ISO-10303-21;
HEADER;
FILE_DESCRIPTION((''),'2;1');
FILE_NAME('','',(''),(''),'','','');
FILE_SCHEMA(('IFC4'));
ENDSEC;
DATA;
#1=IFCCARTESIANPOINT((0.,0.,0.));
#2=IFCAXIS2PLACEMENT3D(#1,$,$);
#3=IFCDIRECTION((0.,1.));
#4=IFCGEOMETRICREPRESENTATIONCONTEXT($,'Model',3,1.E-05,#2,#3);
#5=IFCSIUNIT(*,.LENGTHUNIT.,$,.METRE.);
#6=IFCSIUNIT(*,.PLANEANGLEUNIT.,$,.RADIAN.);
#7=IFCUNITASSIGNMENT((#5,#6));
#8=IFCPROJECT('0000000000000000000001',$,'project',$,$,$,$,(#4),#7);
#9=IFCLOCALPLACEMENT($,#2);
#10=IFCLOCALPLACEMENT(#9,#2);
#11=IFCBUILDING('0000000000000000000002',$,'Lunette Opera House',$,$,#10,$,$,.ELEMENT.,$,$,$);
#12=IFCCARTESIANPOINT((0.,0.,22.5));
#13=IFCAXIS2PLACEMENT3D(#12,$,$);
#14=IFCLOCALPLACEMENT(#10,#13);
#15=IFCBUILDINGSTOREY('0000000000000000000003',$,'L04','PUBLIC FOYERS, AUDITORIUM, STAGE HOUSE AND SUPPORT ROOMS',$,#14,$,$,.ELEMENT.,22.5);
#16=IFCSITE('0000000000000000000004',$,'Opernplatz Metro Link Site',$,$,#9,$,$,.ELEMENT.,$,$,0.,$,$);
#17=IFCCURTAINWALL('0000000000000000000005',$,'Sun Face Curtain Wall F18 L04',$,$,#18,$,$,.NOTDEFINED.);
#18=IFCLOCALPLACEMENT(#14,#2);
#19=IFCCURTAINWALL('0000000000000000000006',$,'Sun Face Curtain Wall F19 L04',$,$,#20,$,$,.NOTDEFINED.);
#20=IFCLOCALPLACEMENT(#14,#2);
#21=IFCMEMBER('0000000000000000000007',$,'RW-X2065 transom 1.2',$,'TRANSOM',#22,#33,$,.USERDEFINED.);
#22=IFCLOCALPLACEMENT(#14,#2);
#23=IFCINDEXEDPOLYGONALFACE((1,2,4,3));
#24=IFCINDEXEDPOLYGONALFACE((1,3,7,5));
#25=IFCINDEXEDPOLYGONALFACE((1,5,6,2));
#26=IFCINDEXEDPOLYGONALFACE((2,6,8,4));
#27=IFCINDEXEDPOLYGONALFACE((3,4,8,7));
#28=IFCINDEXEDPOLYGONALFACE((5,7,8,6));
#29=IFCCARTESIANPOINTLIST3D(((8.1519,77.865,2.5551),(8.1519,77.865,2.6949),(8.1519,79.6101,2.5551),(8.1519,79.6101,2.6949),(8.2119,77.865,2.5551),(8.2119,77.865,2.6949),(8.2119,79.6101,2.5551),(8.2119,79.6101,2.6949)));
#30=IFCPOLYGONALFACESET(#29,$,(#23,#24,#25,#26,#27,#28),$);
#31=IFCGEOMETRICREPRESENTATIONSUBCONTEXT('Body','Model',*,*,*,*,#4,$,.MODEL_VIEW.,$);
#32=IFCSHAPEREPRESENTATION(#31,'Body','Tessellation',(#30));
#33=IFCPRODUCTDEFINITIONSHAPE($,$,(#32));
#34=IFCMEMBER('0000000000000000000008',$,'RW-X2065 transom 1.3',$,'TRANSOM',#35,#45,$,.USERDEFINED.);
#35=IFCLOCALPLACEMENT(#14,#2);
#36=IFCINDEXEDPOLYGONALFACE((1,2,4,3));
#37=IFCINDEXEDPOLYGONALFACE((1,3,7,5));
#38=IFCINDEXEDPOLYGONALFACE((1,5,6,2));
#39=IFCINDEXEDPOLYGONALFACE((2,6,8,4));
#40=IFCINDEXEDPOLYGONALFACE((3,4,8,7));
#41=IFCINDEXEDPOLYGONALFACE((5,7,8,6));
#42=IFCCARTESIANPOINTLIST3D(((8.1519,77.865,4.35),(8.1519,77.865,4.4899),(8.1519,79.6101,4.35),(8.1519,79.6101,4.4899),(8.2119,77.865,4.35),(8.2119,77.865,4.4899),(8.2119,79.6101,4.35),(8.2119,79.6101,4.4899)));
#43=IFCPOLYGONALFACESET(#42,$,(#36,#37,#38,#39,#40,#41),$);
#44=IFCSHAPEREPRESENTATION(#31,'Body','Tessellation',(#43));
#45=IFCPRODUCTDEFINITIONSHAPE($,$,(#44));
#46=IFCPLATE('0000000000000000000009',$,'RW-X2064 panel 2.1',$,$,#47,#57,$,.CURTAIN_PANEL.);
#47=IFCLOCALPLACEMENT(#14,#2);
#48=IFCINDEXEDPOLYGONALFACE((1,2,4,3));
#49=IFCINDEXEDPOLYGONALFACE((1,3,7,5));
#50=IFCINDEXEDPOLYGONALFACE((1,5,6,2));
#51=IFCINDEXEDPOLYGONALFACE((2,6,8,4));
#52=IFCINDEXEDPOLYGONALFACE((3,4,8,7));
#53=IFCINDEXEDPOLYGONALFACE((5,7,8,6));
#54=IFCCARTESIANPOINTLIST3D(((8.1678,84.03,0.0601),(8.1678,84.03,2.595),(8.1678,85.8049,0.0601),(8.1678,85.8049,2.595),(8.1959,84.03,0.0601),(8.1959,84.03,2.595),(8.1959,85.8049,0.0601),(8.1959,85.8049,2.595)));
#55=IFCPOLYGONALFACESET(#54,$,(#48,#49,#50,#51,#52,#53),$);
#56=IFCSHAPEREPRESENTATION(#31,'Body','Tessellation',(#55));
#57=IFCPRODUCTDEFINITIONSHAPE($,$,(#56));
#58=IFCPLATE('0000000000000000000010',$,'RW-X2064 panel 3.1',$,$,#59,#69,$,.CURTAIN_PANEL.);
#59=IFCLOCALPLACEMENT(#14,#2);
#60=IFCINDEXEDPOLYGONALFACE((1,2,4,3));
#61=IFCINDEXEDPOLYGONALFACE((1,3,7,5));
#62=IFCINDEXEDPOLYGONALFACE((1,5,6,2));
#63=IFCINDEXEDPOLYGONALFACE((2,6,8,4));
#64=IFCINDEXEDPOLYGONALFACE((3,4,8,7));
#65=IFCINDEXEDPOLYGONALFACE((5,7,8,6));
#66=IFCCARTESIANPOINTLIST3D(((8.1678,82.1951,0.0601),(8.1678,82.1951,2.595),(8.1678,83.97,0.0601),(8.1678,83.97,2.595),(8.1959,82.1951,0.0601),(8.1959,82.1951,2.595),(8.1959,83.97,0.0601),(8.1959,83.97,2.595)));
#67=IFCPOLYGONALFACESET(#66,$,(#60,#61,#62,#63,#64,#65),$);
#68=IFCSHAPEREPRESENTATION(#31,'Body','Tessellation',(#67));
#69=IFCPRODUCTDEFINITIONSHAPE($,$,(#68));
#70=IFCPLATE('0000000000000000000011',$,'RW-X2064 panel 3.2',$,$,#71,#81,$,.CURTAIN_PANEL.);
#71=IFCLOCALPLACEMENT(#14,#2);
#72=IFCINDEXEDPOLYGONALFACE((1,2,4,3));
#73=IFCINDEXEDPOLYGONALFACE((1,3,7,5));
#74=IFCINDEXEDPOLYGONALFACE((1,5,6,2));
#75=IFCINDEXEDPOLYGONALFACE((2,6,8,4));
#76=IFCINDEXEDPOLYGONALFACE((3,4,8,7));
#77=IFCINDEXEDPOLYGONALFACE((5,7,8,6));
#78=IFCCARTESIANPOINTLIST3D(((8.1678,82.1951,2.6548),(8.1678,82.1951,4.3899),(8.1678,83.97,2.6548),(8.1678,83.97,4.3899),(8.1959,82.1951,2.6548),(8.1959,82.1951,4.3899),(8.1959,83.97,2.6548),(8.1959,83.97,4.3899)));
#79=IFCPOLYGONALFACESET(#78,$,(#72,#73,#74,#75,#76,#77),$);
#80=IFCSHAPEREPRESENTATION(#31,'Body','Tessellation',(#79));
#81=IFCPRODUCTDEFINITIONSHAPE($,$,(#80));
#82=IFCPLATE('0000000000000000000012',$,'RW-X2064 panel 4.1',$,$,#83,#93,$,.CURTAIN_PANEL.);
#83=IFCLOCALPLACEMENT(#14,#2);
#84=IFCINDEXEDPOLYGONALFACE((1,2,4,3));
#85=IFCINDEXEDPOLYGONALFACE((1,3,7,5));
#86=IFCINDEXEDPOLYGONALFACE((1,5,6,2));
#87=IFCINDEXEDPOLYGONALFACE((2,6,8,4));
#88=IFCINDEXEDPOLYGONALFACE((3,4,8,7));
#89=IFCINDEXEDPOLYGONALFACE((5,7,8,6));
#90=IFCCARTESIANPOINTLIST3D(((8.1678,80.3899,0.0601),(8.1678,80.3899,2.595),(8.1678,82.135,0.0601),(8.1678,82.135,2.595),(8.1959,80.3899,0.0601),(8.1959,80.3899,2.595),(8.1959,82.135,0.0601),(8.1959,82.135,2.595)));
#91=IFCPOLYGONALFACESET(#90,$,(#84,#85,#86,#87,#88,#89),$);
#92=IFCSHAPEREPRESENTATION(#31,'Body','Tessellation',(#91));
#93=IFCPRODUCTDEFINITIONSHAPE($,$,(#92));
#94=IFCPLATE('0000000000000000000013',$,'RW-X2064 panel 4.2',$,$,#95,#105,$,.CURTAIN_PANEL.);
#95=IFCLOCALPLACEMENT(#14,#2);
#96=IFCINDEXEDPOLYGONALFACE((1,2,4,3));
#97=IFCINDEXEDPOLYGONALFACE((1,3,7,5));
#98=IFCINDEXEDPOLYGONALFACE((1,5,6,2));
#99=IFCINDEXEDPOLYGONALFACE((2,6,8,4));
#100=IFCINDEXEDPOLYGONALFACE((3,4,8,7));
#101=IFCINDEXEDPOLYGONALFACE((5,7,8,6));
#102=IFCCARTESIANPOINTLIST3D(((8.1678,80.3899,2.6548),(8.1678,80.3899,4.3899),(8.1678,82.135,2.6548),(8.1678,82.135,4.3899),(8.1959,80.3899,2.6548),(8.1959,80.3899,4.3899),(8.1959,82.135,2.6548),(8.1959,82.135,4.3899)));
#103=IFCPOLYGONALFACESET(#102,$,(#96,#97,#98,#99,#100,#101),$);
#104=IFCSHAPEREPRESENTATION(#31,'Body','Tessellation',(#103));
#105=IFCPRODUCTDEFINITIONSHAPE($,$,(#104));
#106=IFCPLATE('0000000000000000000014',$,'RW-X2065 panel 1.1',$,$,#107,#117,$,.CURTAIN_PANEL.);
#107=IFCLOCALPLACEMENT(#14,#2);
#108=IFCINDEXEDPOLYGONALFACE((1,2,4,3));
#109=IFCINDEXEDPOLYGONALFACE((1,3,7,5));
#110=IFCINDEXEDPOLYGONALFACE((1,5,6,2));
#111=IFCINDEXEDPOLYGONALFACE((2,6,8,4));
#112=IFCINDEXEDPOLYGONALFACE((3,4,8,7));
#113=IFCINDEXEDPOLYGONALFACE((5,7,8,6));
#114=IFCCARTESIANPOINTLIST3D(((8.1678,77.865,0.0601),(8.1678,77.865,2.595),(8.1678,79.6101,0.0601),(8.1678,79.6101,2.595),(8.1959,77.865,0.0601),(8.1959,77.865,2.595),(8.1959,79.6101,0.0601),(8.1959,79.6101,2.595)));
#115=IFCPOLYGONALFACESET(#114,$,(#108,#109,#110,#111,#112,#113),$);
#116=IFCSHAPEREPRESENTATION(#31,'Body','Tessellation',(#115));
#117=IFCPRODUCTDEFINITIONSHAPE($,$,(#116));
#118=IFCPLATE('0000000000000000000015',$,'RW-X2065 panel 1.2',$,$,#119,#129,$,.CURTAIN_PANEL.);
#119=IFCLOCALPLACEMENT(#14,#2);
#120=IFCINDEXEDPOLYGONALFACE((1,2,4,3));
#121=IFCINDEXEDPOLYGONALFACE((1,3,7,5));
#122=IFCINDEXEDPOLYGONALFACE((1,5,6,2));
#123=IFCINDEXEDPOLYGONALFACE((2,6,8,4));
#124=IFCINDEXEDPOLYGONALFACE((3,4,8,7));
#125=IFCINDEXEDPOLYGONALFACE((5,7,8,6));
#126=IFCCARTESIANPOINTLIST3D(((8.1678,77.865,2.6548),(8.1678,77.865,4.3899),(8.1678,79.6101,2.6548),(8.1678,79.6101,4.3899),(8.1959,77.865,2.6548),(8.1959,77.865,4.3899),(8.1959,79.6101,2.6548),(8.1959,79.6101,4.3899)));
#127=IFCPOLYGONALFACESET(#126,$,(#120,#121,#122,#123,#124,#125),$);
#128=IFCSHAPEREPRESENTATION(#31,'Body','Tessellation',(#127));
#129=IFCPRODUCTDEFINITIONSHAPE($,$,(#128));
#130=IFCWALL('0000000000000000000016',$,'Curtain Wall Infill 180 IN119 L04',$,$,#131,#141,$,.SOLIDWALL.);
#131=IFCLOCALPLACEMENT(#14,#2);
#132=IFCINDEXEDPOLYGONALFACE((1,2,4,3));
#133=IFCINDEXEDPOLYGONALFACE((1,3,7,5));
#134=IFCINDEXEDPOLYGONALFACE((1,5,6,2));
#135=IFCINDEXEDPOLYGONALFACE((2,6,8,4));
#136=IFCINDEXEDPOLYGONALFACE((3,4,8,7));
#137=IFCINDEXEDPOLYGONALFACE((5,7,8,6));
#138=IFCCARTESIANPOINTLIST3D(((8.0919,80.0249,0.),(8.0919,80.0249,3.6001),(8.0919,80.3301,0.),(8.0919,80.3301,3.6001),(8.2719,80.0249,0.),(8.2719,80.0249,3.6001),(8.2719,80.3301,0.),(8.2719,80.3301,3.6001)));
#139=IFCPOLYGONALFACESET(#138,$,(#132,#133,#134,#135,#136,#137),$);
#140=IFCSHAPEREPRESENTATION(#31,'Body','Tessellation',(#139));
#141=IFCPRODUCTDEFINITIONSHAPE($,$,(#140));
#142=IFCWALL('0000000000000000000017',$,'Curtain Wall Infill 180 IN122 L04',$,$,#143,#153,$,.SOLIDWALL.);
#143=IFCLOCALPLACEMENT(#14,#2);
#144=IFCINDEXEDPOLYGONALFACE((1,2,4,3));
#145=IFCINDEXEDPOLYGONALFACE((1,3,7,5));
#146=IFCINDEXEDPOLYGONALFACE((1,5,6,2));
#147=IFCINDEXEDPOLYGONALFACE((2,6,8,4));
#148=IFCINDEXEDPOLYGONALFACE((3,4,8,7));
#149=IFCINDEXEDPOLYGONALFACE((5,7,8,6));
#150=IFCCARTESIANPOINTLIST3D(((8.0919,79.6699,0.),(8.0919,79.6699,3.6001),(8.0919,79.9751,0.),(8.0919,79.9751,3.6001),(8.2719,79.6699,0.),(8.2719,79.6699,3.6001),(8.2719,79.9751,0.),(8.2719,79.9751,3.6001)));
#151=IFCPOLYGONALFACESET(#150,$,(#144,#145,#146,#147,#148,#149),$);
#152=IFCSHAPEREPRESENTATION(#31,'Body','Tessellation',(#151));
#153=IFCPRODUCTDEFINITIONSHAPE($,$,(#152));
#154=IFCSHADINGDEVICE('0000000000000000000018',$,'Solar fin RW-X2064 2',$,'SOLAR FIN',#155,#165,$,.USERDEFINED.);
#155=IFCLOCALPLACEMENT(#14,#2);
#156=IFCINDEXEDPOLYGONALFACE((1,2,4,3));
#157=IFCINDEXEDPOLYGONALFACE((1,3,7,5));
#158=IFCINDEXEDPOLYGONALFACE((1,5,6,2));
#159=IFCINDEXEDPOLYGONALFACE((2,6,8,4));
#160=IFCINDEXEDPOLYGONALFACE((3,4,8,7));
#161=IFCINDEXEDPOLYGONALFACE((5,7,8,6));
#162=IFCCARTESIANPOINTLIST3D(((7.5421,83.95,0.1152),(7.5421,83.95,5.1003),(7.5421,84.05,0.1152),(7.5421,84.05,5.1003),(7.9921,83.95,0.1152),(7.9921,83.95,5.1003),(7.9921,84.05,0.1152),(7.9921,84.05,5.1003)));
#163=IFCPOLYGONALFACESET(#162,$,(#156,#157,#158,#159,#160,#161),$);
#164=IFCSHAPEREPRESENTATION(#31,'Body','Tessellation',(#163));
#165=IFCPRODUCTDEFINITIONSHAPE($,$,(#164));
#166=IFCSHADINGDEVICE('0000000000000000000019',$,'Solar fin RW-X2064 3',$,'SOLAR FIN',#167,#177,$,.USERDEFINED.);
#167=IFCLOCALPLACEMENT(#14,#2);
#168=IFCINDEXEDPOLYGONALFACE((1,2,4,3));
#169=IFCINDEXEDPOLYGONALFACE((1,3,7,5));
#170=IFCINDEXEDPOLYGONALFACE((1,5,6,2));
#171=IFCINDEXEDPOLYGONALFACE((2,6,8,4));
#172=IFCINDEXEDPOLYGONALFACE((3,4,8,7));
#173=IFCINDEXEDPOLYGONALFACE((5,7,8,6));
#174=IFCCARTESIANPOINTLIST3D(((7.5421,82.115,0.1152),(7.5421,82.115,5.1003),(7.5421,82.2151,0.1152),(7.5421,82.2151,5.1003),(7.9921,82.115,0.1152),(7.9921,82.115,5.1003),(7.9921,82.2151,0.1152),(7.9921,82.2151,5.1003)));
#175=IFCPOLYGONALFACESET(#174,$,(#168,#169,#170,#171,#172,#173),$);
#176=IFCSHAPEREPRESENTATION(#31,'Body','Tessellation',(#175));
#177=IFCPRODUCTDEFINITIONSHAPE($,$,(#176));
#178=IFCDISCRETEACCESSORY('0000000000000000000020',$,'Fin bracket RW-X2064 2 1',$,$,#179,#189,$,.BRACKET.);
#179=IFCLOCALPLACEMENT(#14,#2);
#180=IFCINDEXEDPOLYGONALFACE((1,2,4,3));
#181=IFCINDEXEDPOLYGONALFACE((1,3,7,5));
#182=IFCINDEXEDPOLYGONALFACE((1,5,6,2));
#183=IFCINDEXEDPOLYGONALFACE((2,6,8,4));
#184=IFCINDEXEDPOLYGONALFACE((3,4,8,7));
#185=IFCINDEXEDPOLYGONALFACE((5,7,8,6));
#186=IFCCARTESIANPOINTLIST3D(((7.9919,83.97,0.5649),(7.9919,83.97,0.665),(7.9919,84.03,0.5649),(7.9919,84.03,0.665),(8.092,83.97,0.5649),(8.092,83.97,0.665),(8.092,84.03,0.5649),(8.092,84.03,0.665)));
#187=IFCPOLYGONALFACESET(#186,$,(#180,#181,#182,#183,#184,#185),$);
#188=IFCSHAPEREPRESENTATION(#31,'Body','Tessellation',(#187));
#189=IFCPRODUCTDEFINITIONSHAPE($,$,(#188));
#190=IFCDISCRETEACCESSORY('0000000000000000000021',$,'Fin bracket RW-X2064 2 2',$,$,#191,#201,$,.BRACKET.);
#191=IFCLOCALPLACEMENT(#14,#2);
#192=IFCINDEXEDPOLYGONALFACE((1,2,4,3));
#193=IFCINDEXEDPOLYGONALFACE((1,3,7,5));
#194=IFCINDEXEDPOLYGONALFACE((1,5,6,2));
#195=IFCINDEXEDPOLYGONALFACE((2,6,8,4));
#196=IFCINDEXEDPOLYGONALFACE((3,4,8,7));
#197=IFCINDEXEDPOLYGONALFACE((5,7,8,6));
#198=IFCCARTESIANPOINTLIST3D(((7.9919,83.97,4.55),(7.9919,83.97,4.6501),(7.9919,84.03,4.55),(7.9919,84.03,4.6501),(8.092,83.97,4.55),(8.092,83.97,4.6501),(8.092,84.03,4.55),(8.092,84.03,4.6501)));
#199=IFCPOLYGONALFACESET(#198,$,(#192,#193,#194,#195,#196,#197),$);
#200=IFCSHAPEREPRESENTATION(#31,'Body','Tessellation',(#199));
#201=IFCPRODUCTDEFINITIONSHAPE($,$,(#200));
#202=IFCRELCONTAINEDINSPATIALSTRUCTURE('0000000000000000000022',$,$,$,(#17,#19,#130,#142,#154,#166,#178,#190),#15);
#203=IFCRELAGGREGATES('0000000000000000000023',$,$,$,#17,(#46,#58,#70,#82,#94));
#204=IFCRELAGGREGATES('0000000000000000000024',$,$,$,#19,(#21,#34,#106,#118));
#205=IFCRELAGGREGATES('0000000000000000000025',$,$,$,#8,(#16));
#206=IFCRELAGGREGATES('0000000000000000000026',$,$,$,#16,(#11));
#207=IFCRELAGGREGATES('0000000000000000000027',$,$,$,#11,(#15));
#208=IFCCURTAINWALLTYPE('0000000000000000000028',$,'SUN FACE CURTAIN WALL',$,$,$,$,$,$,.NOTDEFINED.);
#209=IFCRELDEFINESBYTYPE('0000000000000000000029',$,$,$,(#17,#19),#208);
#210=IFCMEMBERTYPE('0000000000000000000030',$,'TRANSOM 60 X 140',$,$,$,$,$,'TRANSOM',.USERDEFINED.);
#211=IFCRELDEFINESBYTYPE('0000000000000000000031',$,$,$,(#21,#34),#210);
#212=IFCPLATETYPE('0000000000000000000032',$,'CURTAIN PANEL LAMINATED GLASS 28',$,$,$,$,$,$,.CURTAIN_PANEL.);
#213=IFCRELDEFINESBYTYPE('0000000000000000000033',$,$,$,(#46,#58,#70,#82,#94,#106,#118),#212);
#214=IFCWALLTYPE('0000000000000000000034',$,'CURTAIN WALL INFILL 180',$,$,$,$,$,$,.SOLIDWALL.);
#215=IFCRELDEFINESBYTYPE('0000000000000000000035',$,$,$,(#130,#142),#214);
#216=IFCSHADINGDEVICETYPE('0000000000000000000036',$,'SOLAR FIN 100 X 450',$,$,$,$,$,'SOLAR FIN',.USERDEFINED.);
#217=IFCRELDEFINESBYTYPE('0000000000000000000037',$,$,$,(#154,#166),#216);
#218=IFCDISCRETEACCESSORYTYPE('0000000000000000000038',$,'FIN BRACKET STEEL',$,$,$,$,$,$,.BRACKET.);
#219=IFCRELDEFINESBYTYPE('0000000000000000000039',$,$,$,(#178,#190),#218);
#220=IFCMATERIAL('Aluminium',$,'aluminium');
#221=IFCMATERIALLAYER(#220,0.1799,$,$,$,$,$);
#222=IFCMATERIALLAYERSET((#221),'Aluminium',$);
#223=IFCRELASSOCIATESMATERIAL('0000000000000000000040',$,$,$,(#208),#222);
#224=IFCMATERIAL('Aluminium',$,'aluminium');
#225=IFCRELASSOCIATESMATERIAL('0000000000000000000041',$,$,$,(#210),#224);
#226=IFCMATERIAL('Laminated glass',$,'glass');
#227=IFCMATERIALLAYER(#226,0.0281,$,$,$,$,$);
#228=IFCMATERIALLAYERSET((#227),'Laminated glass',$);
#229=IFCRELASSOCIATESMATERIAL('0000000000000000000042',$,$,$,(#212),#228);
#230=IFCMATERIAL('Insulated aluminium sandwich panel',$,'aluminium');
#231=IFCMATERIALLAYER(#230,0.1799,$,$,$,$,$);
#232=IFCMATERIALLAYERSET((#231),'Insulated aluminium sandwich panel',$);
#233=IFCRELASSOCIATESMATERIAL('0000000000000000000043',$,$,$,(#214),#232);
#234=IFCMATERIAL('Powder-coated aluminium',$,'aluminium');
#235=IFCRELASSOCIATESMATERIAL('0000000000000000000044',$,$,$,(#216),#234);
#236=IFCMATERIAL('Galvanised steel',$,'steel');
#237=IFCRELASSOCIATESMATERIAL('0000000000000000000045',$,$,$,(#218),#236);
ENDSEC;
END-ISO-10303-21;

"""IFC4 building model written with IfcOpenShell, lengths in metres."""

from ifc_helpers import new_model, si_unit, direction, frame, frame_2d, origin, origin_2d, place, context, subcontext, project, spatial, rectangle, extrude, material, layer, layer_set, material_profile, profile_set, type_object, element, aggregate, save


model = new_model("IFC4")

# Units and contexts
model_context = context("Model", 3, precision=1e-05, world=origin(), true_north=direction((0.0, 1.0)))
body_context = subcontext(model_context, "Body", "Model", "MODEL_VIEW")
ifc_project = project(units=[si_unit("LENGTHUNIT", "METRE"), si_unit("PLANEANGLEUNIT", "RADIAN")], contexts=[model_context])

# Site, building, storey
site_placement = place(None, origin())
site = spatial("IfcSite", under=ifc_project, at=site_placement, Name="Opernplatz Metro Link Site", CompositionType="ELEMENT", RefElevation=0.0)
building_placement = place(site_placement, origin())
building = spatial("IfcBuilding", under=site, at=building_placement, Name="Lunette Opera House", CompositionType="ELEMENT")
storey_placement = place(building_placement, frame((0.0, 0.0, 22.5)))
storey = spatial("IfcBuildingStorey", under=building, at=storey_placement, Name="L04", Description="PUBLIC FOYERS, AUDITORIUM, STAGE HOUSE AND SUPPORT ROOMS", CompositionType="ELEMENT", Elevation=22.5)

# Curtain wall
ifc_material_1 = material(Name="Aluminium", Category="aluminium")
ifc_layer_1 = layer(ifc_material_1, 0.1799)
ifc_layer_set_1 = layer_set([ifc_layer_1], Name="Aluminium")
curtain_wall_type = type_object("IfcCurtainWallType", Name="SUN FACE CURTAIN WALL", PredefinedType="NOTDEFINED", material=ifc_layer_set_1)
curtain_wall_1_placement = place(storey_placement, origin())
curtain_wall_1 = element("IfcCurtainWall", 1, at=curtain_wall_1_placement, inside=storey, type_object=curtain_wall_type, Name="Sun Face Curtain Wall F18 L04", PredefinedType="NOTDEFINED")

# Curtain wall
curtain_wall_2_placement = place(storey_placement, origin())
curtain_wall_2 = element("IfcCurtainWall", 2, at=curtain_wall_2_placement, inside=storey, type_object=curtain_wall_type, Name="Sun Face Curtain Wall F19 L04", PredefinedType="NOTDEFINED")

# Members
ifc_material_2 = material(Name="Aluminium", Category="aluminium")
ifc_material_profile_1 = material_profile(ifc_material_2, rectangle(XDim=0.0601, YDim=0.1399, at=origin_2d()), Name="TRANSOM 60 X 140")
ifc_profile_set_1 = profile_set([ifc_material_profile_1], Name="Aluminium")
member_type_1 = type_object("IfcMemberType", Name="TRANSOM 60 X 140", ElementType="TRANSOM", PredefinedType="USERDEFINED", material=ifc_profile_set_1)
member_1_placement = place(storey_placement, frame((8.1819, 79.6101, 2.625), z_axis=(0.0, -1.0, 0.0), x_axis=(1.0, 0.0, 0.0)))
member_1 = element("IfcMember", 3, at=member_1_placement, type_object=member_type_1, Name="RW-X2065 transom 1.2", ObjectType="TRANSOM", PredefinedType="USERDEFINED", context=body_context, shape_type="SweptSolid", body=[
    extrude(rectangle(XDim=0.0601, YDim=0.1399, at=origin_2d()), origin(), (0.0, 0.0, 1.0), 1.7451),
])
member_2_placement = place(storey_placement, frame((8.1819, 79.6101, 4.4199), z_axis=(0.0, -1.0, 0.0), x_axis=(1.0, 0.0, 0.0)))
member_2 = element("IfcMember", 4, at=member_2_placement, type_object=member_type_1, Name="RW-X2065 transom 1.3", ObjectType="TRANSOM", PredefinedType="USERDEFINED", context=body_context, shape_type="SweptSolid", body=[
    extrude(rectangle(XDim=0.0601, YDim=0.1399, at=origin_2d()), origin(), (0.0, 0.0, 1.0), 1.7451),
])

# Plates
ifc_material_3 = material(Name="Laminated glass", Category="glass")
ifc_layer_2 = layer(ifc_material_3, 0.0281)
ifc_layer_set_2 = layer_set([ifc_layer_2], Name="Laminated glass")
plate_type = type_object("IfcPlateType", Name="CURTAIN PANEL LAMINATED GLASS 28", PredefinedType="CURTAIN_PANEL", material=ifc_layer_set_2)
plate_1_placement = place(storey_placement, frame((8.1819, 84.9175, 0.0601), z_axis=(0.0, 0.0, 1.0), x_axis=(0.0, -1.0, 0.0)))
plate_1 = element("IfcPlate", 5, at=plate_1_placement, type_object=plate_type, Name="RW-X2064 panel 2.1", PredefinedType="CURTAIN_PANEL", context=body_context, shape_type="SweptSolid", body=[
    extrude(rectangle(XDim=1.7749, YDim=0.0281, at=origin_2d()), origin(), (0.0, 0.0, 1.0), 2.5349),
])
plate_2_placement = place(storey_placement, frame((8.1819, 83.0825, 0.0601), z_axis=(0.0, 0.0, 1.0), x_axis=(0.0, -1.0, 0.0)))
plate_2 = element("IfcPlate", 6, at=plate_2_placement, type_object=plate_type, Name="RW-X2064 panel 3.1", PredefinedType="CURTAIN_PANEL", context=body_context, shape_type="SweptSolid", body=[
    extrude(rectangle(XDim=1.7749, YDim=0.0281, at=origin_2d()), origin(), (0.0, 0.0, 1.0), 2.5349),
])
plate_3_placement = place(storey_placement, frame((8.1819, 83.0825, 2.6548), z_axis=(0.0, 0.0, 1.0), x_axis=(0.0, -1.0, 0.0)))
plate_3 = element("IfcPlate", 7, at=plate_3_placement, type_object=plate_type, Name="RW-X2064 panel 3.2", PredefinedType="CURTAIN_PANEL", context=body_context, shape_type="SweptSolid", body=[
    extrude(rectangle(XDim=1.7749, YDim=0.0281, at=origin_2d()), origin(), (0.0, 0.0, 1.0), 1.7351),
])
plate_4_placement = place(storey_placement, frame((8.1819, 81.2625, 0.0601), z_axis=(0.0, 0.0, 1.0), x_axis=(0.0, -1.0, 0.0)))
plate_4 = element("IfcPlate", 8, at=plate_4_placement, type_object=plate_type, Name="RW-X2064 panel 4.1", PredefinedType="CURTAIN_PANEL", context=body_context, shape_type="SweptSolid", body=[
    extrude(rectangle(XDim=1.7451, YDim=0.0281, at=origin_2d()), origin(), (0.0, 0.0, 1.0), 2.5349),
])
plate_5_placement = place(storey_placement, frame((8.1819, 81.2625, 2.6548), z_axis=(0.0, 0.0, 1.0), x_axis=(0.0, -1.0, 0.0)))
plate_5 = element("IfcPlate", 9, at=plate_5_placement, type_object=plate_type, Name="RW-X2064 panel 4.2", PredefinedType="CURTAIN_PANEL", context=body_context, shape_type="SweptSolid", body=[
    extrude(rectangle(XDim=1.7451, YDim=0.0281, at=origin_2d()), origin(), (0.0, 0.0, 1.0), 1.7351),
])
aggregate(curtain_wall_1, [plate_1, plate_2, plate_3, plate_4, plate_5])
plate_6_placement = place(storey_placement, frame((8.1819, 78.7375, 0.0601), z_axis=(0.0, 0.0, 1.0), x_axis=(0.0, -1.0, 0.0)))
plate_6 = element("IfcPlate", 10, at=plate_6_placement, type_object=plate_type, Name="RW-X2065 panel 1.1", PredefinedType="CURTAIN_PANEL", context=body_context, shape_type="SweptSolid", body=[
    extrude(rectangle(XDim=1.7451, YDim=0.0281, at=origin_2d()), origin(), (0.0, 0.0, 1.0), 2.5349),
])
plate_7_placement = place(storey_placement, frame((8.1819, 78.7375, 2.6548), z_axis=(0.0, 0.0, 1.0), x_axis=(0.0, -1.0, 0.0)))
plate_7 = element("IfcPlate", 11, at=plate_7_placement, type_object=plate_type, Name="RW-X2065 panel 1.2", PredefinedType="CURTAIN_PANEL", context=body_context, shape_type="SweptSolid", body=[
    extrude(rectangle(XDim=1.7451, YDim=0.0281, at=origin_2d()), origin(), (0.0, 0.0, 1.0), 1.7351),
])
aggregate(curtain_wall_2, [member_1, member_2, plate_6, plate_7])

# Walls
ifc_material_4 = material(Name="Insulated aluminium sandwich panel", Category="aluminium")
ifc_layer_3 = layer(ifc_material_4, 0.1799)
ifc_layer_set_3 = layer_set([ifc_layer_3], Name="Insulated aluminium sandwich panel")
wall_type = type_object("IfcWallType", Name="CURTAIN WALL INFILL 180", PredefinedType="SOLIDWALL", material=ifc_layer_set_3)
for number, where, z_axis, x_axis, name in (
    (12, (8.1819, 80.3301, 0.0), (0.0, 0.0, 1.0), (0.0, -1.0, 0.0), "Curtain Wall Infill 180 IN119 L04"),
    (13, (8.1819, 79.6699, 0.0), (0.0, 0.0, 1.0), (0.0, 1.0, 0.0), "Curtain Wall Infill 180 IN122 L04"),
):
    element("IfcWall", number, at=place(storey_placement, frame(where, z_axis=z_axis, x_axis=x_axis)), inside=storey, type_object=wall_type, Name=name, PredefinedType="SOLIDWALL", context=body_context, shape_type="SweptSolid", body=[
        extrude(rectangle(XDim=0.3052, YDim=0.1799, at=frame_2d((0.1526, 0.0))), origin(), (0.0, 0.0, 1.0), 3.6001),
    ])

# Shading devices
ifc_material_5 = material(Name="Powder-coated aluminium", Category="aluminium")
shading_device_type = type_object("IfcShadingDeviceType", Name="SOLAR FIN 100 X 450", ElementType="SOLAR FIN", PredefinedType="USERDEFINED", material=ifc_material_5)
for number, where, z_axis, x_axis, name in (
    (14, (7.7671, 84.0, 0.1152), (0.0, 0.0, 1.0), (-1.0, 0.0, 0.0), "Solar fin RW-X2064 2"),
    (15, (7.7671, 82.165, 0.1152), (0.0, 0.0, 1.0), (-1.0, 0.0, 0.0), "Solar fin RW-X2064 3"),
):
    element("IfcShadingDevice", number, at=place(storey_placement, frame(where, z_axis=z_axis, x_axis=x_axis)), inside=storey, type_object=shading_device_type, Name=name, ObjectType="SOLAR FIN", PredefinedType="USERDEFINED", context=body_context, shape_type="SweptSolid", body=[
        extrude(rectangle(XDim=0.45, YDim=0.1001, at=origin_2d()), origin(), (0.0, 0.0, 1.0), 4.9851),
    ])

# Discrete accessories
ifc_material_6 = material(Name="Galvanised steel", Category="steel")
discrete_accessory_type = type_object("IfcDiscreteAccessoryType", Name="FIN BRACKET STEEL", PredefinedType="BRACKET", material=ifc_material_6)
for number, where, z_axis, x_axis, name in (
    (16, (8.042, 84.0, 0.5649), (0.0, 0.0, 1.0), (-1.0, 0.0, 0.0), "Fin bracket RW-X2064 2 1"),
    (17, (8.042, 84.0, 4.55), (0.0, 0.0, 1.0), (-1.0, 0.0, 0.0), "Fin bracket RW-X2064 2 2"),
):
    element("IfcDiscreteAccessory", number, at=place(storey_placement, frame(where, z_axis=z_axis, x_axis=x_axis)), inside=storey, type_object=discrete_accessory_type, Name=name, PredefinedType="BRACKET", context=body_context, shape_type="SweptSolid", body=[
        extrude(rectangle(XDim=0.1001, YDim=0.0601, at=origin_2d()), origin(), (0.0, 0.0, 1.0), 0.1001),
    ])

save(model, "model.ifc")
